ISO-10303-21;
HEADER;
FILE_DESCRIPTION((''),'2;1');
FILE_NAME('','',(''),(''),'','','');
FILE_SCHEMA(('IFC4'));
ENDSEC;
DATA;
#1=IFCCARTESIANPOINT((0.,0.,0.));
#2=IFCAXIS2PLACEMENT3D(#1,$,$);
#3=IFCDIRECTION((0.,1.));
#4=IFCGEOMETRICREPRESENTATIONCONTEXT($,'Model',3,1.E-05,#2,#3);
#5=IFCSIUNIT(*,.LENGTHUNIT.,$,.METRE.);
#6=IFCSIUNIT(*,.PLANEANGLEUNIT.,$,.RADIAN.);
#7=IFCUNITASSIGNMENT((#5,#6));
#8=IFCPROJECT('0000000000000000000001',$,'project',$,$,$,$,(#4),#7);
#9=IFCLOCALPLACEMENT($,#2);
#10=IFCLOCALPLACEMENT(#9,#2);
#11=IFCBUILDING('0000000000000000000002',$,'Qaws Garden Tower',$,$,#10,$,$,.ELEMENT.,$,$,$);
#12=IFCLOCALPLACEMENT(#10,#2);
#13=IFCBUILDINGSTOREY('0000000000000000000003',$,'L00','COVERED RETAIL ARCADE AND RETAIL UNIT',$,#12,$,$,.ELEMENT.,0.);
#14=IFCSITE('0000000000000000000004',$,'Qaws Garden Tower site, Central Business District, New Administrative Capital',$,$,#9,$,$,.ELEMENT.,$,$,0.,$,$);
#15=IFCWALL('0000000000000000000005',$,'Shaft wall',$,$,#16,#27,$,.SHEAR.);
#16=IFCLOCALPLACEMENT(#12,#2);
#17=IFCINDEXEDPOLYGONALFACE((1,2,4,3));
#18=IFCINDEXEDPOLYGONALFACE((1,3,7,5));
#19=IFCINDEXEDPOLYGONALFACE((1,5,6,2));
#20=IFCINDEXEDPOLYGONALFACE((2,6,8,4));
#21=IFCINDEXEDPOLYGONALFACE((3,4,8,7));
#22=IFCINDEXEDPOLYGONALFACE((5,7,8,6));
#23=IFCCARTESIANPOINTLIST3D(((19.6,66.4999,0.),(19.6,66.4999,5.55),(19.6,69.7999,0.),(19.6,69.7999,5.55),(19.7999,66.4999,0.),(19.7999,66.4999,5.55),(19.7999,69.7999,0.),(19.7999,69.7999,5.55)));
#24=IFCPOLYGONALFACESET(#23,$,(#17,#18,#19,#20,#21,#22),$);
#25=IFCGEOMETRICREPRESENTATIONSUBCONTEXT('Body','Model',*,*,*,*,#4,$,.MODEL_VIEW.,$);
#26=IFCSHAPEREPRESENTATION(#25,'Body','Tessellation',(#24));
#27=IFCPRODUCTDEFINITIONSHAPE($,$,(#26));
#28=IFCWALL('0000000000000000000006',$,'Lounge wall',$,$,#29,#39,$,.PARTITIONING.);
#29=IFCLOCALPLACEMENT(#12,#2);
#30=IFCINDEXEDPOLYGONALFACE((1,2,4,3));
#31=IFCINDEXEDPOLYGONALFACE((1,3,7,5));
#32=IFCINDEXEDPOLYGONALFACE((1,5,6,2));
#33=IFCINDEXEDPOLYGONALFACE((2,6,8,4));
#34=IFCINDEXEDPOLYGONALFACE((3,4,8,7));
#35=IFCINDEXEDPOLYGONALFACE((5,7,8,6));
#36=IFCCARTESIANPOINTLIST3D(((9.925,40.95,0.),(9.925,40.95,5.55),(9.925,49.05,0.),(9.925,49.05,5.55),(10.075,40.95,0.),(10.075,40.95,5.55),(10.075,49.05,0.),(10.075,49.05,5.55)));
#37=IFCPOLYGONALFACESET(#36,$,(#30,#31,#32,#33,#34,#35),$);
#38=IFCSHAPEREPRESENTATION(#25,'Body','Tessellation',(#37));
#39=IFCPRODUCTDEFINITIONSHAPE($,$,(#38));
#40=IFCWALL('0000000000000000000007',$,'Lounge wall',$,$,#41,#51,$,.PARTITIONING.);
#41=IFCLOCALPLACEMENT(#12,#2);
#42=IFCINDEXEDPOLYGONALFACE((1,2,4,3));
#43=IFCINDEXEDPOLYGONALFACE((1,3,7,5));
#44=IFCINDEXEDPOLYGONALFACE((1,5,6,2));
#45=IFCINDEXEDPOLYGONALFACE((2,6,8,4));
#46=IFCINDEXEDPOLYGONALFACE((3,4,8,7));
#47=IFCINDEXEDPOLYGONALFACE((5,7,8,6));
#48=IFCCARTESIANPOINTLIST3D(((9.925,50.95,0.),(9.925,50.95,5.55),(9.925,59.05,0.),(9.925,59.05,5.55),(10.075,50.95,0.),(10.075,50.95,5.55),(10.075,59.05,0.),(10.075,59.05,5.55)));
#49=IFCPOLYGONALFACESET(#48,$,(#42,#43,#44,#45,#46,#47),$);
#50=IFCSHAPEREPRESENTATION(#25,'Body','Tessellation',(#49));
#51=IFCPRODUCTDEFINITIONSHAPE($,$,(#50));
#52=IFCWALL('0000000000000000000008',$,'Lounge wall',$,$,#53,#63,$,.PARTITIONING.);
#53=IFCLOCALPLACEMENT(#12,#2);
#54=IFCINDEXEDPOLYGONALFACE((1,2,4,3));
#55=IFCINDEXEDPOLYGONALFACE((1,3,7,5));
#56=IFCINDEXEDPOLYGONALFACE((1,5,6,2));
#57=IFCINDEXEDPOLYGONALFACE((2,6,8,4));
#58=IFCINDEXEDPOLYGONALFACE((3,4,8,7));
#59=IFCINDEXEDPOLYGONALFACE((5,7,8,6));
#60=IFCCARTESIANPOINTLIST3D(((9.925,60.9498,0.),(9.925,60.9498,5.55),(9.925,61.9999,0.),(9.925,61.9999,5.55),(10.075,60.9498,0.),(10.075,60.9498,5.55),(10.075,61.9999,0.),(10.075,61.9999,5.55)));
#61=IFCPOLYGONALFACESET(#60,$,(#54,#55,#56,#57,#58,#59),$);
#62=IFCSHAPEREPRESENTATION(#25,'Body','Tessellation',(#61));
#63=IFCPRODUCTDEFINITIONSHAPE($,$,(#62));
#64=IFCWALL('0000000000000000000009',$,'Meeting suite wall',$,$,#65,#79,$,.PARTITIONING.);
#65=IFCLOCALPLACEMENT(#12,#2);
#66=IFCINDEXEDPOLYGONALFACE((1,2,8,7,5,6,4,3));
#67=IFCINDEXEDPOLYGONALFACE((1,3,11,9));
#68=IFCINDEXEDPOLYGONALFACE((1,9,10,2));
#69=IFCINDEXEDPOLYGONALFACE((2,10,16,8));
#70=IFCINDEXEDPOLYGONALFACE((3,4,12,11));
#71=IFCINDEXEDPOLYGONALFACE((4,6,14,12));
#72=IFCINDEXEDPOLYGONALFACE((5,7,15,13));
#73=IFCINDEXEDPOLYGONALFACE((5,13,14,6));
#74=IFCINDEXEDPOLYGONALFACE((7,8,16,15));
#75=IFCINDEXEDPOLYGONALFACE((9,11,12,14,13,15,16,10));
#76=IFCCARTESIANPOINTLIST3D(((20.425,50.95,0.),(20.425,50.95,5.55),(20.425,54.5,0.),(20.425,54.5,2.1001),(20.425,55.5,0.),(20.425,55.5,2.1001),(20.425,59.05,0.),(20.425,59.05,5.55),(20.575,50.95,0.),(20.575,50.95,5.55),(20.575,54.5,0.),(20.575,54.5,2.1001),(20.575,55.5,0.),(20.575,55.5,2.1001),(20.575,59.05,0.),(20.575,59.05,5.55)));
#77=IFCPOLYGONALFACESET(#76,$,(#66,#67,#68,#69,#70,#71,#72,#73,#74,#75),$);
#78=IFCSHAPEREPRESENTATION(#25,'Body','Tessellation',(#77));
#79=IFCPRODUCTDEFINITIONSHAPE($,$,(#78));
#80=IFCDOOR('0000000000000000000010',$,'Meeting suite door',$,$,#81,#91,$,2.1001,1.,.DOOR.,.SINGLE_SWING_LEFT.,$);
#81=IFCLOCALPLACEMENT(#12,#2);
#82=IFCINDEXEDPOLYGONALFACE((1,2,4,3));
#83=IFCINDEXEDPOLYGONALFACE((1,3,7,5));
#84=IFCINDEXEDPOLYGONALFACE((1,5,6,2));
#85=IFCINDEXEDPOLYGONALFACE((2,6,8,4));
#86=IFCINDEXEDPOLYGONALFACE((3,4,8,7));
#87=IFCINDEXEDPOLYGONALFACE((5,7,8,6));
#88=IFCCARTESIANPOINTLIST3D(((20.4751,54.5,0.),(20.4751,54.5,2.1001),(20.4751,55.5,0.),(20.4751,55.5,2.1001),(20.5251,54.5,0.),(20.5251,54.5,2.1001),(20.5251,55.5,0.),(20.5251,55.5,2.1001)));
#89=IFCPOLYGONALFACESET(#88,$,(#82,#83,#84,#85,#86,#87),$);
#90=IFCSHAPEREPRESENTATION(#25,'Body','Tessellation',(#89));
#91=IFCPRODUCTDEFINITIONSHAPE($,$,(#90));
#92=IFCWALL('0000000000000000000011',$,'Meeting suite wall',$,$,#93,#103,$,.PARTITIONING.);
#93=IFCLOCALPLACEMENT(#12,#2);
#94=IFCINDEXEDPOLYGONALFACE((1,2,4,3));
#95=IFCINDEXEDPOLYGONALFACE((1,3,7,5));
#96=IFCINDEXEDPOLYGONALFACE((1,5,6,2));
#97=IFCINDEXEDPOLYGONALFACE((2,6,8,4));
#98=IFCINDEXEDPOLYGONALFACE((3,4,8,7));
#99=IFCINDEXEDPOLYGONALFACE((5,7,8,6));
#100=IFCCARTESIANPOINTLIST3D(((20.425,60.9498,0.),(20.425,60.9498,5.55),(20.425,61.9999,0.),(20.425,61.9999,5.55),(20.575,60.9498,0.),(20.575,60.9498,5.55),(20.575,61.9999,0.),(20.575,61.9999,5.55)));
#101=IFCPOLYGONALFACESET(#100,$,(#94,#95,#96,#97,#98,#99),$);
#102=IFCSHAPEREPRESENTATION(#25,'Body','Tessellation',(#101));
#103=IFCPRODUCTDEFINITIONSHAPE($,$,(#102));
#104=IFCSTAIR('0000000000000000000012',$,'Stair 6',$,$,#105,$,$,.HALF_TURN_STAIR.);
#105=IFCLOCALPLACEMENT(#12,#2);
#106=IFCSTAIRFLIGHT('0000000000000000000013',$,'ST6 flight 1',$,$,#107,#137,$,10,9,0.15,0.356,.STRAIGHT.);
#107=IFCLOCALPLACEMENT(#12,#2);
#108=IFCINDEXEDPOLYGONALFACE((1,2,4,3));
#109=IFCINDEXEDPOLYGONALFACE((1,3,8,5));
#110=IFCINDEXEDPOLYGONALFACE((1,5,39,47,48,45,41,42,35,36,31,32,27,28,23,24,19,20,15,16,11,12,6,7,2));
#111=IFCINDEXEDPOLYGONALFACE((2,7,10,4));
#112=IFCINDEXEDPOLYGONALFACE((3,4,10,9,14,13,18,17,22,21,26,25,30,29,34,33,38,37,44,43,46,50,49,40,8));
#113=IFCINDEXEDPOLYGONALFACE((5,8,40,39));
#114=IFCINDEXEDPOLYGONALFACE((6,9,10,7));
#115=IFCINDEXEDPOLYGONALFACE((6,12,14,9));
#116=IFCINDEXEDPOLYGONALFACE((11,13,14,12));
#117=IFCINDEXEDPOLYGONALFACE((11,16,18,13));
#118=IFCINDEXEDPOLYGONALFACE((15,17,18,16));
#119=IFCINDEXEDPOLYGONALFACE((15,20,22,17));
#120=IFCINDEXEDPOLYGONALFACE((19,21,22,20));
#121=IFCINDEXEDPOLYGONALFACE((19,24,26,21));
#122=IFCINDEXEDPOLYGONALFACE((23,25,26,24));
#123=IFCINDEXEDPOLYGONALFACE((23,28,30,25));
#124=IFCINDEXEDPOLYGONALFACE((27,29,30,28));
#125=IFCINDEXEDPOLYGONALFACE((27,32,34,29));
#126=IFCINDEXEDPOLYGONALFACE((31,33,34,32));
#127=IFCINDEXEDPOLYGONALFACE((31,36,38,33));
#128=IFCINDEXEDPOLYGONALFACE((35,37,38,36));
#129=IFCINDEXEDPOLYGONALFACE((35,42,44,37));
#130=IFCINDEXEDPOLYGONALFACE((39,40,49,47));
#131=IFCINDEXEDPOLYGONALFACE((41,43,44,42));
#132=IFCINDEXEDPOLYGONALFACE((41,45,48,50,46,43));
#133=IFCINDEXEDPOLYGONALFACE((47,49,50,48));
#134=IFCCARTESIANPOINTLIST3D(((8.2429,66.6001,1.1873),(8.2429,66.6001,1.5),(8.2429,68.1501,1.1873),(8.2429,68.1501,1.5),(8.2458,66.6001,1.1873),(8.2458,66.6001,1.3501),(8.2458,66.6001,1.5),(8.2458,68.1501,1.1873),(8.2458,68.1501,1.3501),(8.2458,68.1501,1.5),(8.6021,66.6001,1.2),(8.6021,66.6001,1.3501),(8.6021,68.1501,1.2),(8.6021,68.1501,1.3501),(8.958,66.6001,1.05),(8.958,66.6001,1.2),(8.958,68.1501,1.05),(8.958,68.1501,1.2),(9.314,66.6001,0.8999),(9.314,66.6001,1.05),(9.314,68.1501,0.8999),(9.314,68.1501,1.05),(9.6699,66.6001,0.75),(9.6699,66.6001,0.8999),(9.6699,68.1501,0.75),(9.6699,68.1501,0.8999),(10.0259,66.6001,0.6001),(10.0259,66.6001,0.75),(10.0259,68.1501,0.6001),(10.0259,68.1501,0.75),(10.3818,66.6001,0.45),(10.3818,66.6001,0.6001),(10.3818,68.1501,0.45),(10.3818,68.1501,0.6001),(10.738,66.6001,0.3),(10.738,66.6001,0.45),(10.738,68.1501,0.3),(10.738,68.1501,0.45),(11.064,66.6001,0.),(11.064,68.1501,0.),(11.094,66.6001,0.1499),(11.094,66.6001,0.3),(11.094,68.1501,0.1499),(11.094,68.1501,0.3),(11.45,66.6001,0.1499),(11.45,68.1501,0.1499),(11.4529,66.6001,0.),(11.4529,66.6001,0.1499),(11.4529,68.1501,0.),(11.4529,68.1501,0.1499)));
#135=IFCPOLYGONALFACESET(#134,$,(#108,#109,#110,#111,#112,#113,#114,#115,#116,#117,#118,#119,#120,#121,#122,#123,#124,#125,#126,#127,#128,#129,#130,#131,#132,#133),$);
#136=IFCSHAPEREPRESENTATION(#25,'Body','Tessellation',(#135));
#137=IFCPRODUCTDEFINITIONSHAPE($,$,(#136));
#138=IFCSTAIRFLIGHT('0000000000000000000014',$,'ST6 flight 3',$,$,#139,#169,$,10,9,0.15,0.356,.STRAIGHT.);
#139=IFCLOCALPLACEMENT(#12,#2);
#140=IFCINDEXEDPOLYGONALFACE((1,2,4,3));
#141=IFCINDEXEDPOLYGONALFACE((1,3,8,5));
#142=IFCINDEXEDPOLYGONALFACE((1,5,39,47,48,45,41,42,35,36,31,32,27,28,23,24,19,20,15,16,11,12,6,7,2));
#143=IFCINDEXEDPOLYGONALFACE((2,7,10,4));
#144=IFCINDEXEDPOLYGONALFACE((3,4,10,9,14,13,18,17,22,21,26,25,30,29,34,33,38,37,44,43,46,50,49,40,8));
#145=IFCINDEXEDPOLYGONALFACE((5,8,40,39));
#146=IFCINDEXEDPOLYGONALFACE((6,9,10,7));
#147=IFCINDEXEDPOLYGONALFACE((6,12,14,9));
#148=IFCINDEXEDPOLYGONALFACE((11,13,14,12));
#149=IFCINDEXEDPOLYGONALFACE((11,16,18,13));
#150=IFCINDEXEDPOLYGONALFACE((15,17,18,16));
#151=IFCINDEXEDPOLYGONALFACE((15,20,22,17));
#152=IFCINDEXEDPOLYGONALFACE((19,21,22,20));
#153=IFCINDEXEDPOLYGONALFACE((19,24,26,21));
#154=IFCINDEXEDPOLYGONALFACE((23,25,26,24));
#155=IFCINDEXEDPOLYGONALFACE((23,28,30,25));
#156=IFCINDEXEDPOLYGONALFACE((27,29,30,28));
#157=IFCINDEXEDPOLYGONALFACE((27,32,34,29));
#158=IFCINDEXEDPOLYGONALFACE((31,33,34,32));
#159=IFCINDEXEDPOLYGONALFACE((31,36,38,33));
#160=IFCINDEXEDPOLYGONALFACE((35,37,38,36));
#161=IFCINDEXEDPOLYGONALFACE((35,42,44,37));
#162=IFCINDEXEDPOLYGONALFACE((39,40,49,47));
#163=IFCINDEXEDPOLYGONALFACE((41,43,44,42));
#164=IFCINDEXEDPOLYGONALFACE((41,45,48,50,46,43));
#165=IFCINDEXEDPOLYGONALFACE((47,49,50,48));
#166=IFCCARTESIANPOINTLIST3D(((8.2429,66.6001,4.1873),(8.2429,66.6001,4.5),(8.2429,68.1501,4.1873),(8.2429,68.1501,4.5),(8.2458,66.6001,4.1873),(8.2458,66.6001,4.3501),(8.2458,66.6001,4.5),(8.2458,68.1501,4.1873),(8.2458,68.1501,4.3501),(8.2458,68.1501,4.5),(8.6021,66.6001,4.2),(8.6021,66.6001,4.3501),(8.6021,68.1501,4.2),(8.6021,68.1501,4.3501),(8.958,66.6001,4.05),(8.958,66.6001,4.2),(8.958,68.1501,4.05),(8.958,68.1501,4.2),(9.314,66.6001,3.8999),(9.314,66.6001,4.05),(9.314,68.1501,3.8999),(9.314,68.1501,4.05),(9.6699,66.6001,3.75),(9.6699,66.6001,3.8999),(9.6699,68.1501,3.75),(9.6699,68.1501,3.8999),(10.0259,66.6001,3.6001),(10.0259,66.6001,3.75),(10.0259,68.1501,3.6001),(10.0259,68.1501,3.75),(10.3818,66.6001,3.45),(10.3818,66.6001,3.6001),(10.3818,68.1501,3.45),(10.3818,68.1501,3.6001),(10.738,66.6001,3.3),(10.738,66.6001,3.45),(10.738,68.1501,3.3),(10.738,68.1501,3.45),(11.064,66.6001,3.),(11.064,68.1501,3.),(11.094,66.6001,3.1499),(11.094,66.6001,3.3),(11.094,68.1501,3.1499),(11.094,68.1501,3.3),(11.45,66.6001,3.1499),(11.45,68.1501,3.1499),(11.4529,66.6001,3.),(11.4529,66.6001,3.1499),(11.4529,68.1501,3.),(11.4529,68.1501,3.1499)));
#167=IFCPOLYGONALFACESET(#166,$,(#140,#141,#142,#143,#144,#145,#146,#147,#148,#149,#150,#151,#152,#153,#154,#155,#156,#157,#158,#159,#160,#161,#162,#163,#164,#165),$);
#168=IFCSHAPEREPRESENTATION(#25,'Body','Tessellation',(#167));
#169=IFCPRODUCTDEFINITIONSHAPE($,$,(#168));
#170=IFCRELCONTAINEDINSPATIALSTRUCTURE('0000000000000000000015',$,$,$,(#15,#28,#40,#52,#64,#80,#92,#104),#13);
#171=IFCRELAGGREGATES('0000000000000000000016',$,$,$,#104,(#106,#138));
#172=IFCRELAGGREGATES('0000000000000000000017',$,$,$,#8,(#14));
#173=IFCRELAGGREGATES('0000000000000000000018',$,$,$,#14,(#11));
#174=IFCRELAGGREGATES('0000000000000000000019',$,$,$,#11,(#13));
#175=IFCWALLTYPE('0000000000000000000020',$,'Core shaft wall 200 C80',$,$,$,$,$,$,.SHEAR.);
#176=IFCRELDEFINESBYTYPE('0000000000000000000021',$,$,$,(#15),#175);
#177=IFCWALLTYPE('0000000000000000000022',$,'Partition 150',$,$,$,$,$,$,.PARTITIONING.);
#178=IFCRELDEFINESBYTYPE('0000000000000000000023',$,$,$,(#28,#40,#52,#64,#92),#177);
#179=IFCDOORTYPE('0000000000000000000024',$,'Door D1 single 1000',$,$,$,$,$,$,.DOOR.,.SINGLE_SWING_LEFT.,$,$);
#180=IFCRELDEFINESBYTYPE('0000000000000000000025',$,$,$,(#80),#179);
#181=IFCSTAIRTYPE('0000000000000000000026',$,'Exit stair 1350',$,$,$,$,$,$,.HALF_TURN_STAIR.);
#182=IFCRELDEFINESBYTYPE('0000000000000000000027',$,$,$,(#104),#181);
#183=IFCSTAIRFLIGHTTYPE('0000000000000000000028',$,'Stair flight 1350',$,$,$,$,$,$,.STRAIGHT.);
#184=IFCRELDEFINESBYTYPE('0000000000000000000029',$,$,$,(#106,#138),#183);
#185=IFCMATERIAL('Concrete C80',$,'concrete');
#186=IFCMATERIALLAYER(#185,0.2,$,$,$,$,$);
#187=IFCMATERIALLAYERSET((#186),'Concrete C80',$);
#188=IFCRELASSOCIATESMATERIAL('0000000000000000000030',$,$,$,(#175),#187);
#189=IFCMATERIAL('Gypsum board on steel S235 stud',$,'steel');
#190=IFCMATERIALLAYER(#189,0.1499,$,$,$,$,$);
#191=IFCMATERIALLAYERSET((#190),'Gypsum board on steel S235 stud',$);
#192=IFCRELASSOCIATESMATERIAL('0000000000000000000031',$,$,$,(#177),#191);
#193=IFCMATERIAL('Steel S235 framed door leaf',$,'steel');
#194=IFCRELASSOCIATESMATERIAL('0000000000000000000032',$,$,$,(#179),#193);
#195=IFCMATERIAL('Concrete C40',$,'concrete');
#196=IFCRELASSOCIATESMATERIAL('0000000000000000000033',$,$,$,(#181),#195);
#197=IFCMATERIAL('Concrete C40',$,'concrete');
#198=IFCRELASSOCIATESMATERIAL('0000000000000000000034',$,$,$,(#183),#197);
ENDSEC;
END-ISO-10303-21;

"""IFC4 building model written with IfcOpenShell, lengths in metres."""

from ifc_helpers import new_model, si_unit, direction, frame, frame_2d, origin, place, context, subcontext, project, spatial, polyline, rectangle, outline, extrude, material, layer, layer_set, type_object, element, fill, aggregate, save


model = new_model("IFC4")

# Units and contexts
model_context = context("Model", 3, precision=1e-05, world=origin(), true_north=direction((0.0, 1.0)))
body_context = subcontext(model_context, "Body", "Model", "MODEL_VIEW")
ifc_project = project(units=[si_unit("LENGTHUNIT", "METRE"), si_unit("PLANEANGLEUNIT", "RADIAN")], contexts=[model_context])

# Site, building, storey
site_placement = place(None, origin())
site = spatial("IfcSite", under=ifc_project, at=site_placement, Name="Qaws Garden Tower site, Central Business District, New Administrative Capital", CompositionType="ELEMENT", RefElevation=0.0)
building_placement = place(site_placement, origin())
building = spatial("IfcBuilding", under=site, at=building_placement, Name="Qaws Garden Tower", CompositionType="ELEMENT")
storey_placement = place(building_placement, origin())
storey = spatial("IfcBuildingStorey", under=building, at=storey_placement, Name="L00", Description="COVERED RETAIL ARCADE AND RETAIL UNIT", CompositionType="ELEMENT", Elevation=0.0)

# Shared definitions
placement = place(storey_placement, origin())

# Shared definitions
ifc_material_1 = material(Name="Concrete C80", Category="concrete")
ifc_layer_1 = layer(ifc_material_1, 0.2)
ifc_layer_set_1 = layer_set([ifc_layer_1], Name="Concrete C80")
wall_type_1 = type_object("IfcWallType", Name="Core shaft wall 200 C80", PredefinedType="SHEAR", material=ifc_layer_set_1)

# Walls
for number, where, z_axis, x_axis, name in (
    (1, (19.7, 66.5, 0.0), (0.0, 0.0, 1.0), (0.0, 1.0, 0.0), "Shaft wall"),
):
    element("IfcWall", number, at=place(storey_placement, frame(where, z_axis=z_axis, x_axis=x_axis)), inside=storey, type_object=wall_type_1, Name=name, PredefinedType="SHEAR", context=body_context, shape_type="SweptSolid", body=[
        extrude(rectangle(XDim=3.3, YDim=0.2, at=frame_2d((1.6499, 0.0))), origin(), (0.0, 0.0, 1.0), 5.55),
    ])
ifc_material_2 = material(Name="Gypsum board on steel S235 stud", Category="steel")
ifc_layer_2 = layer(ifc_material_2, 0.1499)
ifc_layer_set_2 = layer_set([ifc_layer_2], Name="Gypsum board on steel S235 stud")
wall_type_2 = type_object("IfcWallType", Name="Partition 150", PredefinedType="PARTITIONING", material=ifc_layer_set_2)
for number, where, z_axis, x_axis, name in (
    (2, (10.0, 40.95, 0.0), (0.0, 0.0, 1.0), (0.0, 1.0, 0.0), "Lounge wall"),
    (3, (10.0, 50.95, 0.0), (0.0, 0.0, 1.0), (0.0, 1.0, 0.0), "Lounge wall"),
):
    element("IfcWall", number, at=place(storey_placement, frame(where, z_axis=z_axis, x_axis=x_axis)), inside=storey, type_object=wall_type_2, Name=name, PredefinedType="PARTITIONING", context=body_context, shape_type="SweptSolid", body=[
        extrude(rectangle(XDim=8.1001, YDim=0.1499, at=frame_2d((4.05, 0.0))), origin(), (0.0, 0.0, 1.0), 5.55),
    ])
wall_1_placement = place(storey_placement, frame((10.0, 60.95, 0.0), z_axis=(0.0, 0.0, 1.0), x_axis=(0.0, 1.0, 0.0)))
element("IfcWall", 4, at=wall_1_placement, inside=storey, type_object=wall_type_2, Name="Lounge wall", PredefinedType="PARTITIONING", context=body_context, shape_type="SweptSolid", body=[
    extrude(rectangle(XDim=1.05, YDim=0.1499, at=frame_2d((0.5249, 0.0))), origin(), (0.0, 0.0, 1.0), 5.55),
])

# Wall, opening, door
wall_2_placement = place(storey_placement, frame((20.5, 50.95, 0.0), z_axis=(0.0, 0.0, 1.0), x_axis=(0.0, 1.0, 0.0)))
wall_2 = element("IfcWall", 5, at=wall_2_placement, inside=storey, type_object=wall_type_2, Name="Meeting suite wall", PredefinedType="PARTITIONING", context=body_context, shape_type="SweptSolid", body=[
    extrude(rectangle(XDim=8.1001, YDim=0.1499, at=frame_2d((4.05, 0.0))), origin(), (0.0, 0.0, 1.0), 5.55),
])
opening_1_placement = place(wall_2_placement, frame((3.55, 0.0, 0.0)))
opening_1 = element("IfcOpeningElement", 6, at=opening_1_placement, cuts=wall_2, PredefinedType="OPENING", context=body_context, shape_type="SweptSolid", body=[
    extrude(rectangle(XDim=1.0, YDim=2.1001, at=frame_2d((0.5, 1.05))), frame((0.0, 0.085, 0.0), z_axis=(0.0, -1.0, 0.0), x_axis=(1.0, 0.0, 0.0)), (0.0, 0.0, 1.0), 0.1699),
])
ifc_material_3 = material(Name="Steel S235 framed door leaf", Category="steel")
door_type_1 = type_object("IfcDoorType", Name="Door D1 single 1000", OperationType="SINGLE_SWING_LEFT", PredefinedType="DOOR", material=ifc_material_3)
door_1_placement = place(opening_1_placement, origin())
door_1 = element("IfcDoor", 7, at=door_1_placement, inside=storey, type_object=door_type_1, Name="Meeting suite door", OperationType="SINGLE_SWING_LEFT", OverallHeight=2.1001, OverallWidth=1.0, PredefinedType="DOOR", context=body_context, shape_type="SweptSolid", body=[
    extrude(rectangle(XDim=1.0, YDim=2.1001, at=frame_2d((0.5, 1.05))), frame((0.0, 0.0249, 0.0), z_axis=(0.0, -1.0, 0.0), x_axis=(1.0, 0.0, 0.0)), (0.0, 0.0, 1.0), 0.05),
])
fill(opening_1, door_1)

# Wall
wall_3_placement = place(storey_placement, frame((20.5, 60.95, 0.0), z_axis=(0.0, 0.0, 1.0), x_axis=(0.0, 1.0, 0.0)))
element("IfcWall", 8, at=wall_3_placement, inside=storey, type_object=wall_type_2, Name="Meeting suite wall", PredefinedType="PARTITIONING", context=body_context, shape_type="SweptSolid", body=[
    extrude(rectangle(XDim=1.05, YDim=0.1499, at=frame_2d((0.5249, 0.0))), origin(), (0.0, 0.0, 1.0), 5.55),
])

# Stair, stair flights
ifc_material_4 = material(Name="Concrete C40", Category="concrete")
stair_type = type_object("IfcStairType", Name="Exit stair 1350", PredefinedType="HALF_TURN_STAIR", material=ifc_material_4)
stair_1 = element("IfcStair", 9, at=placement, inside=storey, type_object=stair_type, Name="Stair 6", PredefinedType="HALF_TURN_STAIR")
ifc_material_5 = material(Name="Concrete C40", Category="concrete")
stair_flight_type = type_object("IfcStairFlightType", Name="Stair flight 1350", PredefinedType="STRAIGHT", material=ifc_material_5)
stair_flight_1_placement = place(storey_placement, frame((11.45, 67.375, 0.0), z_axis=(0.0, 0.0, 1.0), x_axis=(-1.0, 0.0, 0.0)))
stair_flight_1 = element("IfcStairFlight", 10, at=stair_flight_1_placement, type_object=stair_flight_type, Name="ST6 flight 1", NumberOfRisers=10, NumberOfTreads=9, PredefinedType="STRAIGHT", RiserHeight=0.15, TreadLength=0.356, context=body_context, shape_type="SweptSolid", body=[
    extrude(outline(polyline([(-0.0029, 0.0), (-0.0029, 0.1499), (0.0, 0.1499), (0.356, 0.1499), (0.356, 0.3), (0.7119, 0.3), (0.7119, 0.45), (1.0681, 0.45), (1.0681, 0.6001), (1.4241, 0.6001), (1.4241, 0.75), (1.78, 0.75), (1.78, 0.8999), (2.136, 0.8999), (2.136, 1.05), (2.4919, 1.05), (2.4919, 1.2), (2.8479, 1.2), (2.8479, 1.3501), (3.2041, 1.3501), (3.2041, 1.5), (3.207, 1.5), (3.207, 1.1873), (3.2041, 1.1873), (0.386, 0.0), (-0.0029, 0.0)])), frame((0.0, 0.7749, 0.0), z_axis=(0.0, -1.0, 0.0), x_axis=(1.0, 0.0, 0.0)), (0.0, 0.0, 1.0), 1.55),
])
stair_flight_2_placement = place(storey_placement, frame((11.45, 67.375, 3.0), z_axis=(0.0, 0.0, 1.0), x_axis=(-1.0, 0.0, 0.0)))
stair_flight_2 = element("IfcStairFlight", 11, at=stair_flight_2_placement, type_object=stair_flight_type, Name="ST6 flight 3", NumberOfRisers=10, NumberOfTreads=9, PredefinedType="STRAIGHT", RiserHeight=0.15, TreadLength=0.356, context=body_context, shape_type="SweptSolid", body=[
    extrude(outline(polyline([(-0.0029, 0.0), (-0.0029, 0.1499), (0.0, 0.1499), (0.356, 0.1499), (0.356, 0.3), (0.7119, 0.3), (0.7119, 0.45), (1.0681, 0.45), (1.0681, 0.6001), (1.4241, 0.6001), (1.4241, 0.75), (1.78, 0.75), (1.78, 0.8999), (2.136, 0.8999), (2.136, 1.05), (2.4919, 1.05), (2.4919, 1.2), (2.8479, 1.2), (2.8479, 1.3501), (3.2041, 1.3501), (3.2041, 1.5), (3.207, 1.5), (3.207, 1.1873), (3.2041, 1.1873), (0.386, 0.0), (-0.0029, 0.0)])), frame((0.0, 0.7749, 0.0), z_axis=(0.0, -1.0, 0.0), x_axis=(1.0, 0.0, 0.0)), (0.0, 0.0, 1.0), 1.55),
])
aggregate(stair_1, [stair_flight_1, stair_flight_2])

save(model, "model.ifc")
